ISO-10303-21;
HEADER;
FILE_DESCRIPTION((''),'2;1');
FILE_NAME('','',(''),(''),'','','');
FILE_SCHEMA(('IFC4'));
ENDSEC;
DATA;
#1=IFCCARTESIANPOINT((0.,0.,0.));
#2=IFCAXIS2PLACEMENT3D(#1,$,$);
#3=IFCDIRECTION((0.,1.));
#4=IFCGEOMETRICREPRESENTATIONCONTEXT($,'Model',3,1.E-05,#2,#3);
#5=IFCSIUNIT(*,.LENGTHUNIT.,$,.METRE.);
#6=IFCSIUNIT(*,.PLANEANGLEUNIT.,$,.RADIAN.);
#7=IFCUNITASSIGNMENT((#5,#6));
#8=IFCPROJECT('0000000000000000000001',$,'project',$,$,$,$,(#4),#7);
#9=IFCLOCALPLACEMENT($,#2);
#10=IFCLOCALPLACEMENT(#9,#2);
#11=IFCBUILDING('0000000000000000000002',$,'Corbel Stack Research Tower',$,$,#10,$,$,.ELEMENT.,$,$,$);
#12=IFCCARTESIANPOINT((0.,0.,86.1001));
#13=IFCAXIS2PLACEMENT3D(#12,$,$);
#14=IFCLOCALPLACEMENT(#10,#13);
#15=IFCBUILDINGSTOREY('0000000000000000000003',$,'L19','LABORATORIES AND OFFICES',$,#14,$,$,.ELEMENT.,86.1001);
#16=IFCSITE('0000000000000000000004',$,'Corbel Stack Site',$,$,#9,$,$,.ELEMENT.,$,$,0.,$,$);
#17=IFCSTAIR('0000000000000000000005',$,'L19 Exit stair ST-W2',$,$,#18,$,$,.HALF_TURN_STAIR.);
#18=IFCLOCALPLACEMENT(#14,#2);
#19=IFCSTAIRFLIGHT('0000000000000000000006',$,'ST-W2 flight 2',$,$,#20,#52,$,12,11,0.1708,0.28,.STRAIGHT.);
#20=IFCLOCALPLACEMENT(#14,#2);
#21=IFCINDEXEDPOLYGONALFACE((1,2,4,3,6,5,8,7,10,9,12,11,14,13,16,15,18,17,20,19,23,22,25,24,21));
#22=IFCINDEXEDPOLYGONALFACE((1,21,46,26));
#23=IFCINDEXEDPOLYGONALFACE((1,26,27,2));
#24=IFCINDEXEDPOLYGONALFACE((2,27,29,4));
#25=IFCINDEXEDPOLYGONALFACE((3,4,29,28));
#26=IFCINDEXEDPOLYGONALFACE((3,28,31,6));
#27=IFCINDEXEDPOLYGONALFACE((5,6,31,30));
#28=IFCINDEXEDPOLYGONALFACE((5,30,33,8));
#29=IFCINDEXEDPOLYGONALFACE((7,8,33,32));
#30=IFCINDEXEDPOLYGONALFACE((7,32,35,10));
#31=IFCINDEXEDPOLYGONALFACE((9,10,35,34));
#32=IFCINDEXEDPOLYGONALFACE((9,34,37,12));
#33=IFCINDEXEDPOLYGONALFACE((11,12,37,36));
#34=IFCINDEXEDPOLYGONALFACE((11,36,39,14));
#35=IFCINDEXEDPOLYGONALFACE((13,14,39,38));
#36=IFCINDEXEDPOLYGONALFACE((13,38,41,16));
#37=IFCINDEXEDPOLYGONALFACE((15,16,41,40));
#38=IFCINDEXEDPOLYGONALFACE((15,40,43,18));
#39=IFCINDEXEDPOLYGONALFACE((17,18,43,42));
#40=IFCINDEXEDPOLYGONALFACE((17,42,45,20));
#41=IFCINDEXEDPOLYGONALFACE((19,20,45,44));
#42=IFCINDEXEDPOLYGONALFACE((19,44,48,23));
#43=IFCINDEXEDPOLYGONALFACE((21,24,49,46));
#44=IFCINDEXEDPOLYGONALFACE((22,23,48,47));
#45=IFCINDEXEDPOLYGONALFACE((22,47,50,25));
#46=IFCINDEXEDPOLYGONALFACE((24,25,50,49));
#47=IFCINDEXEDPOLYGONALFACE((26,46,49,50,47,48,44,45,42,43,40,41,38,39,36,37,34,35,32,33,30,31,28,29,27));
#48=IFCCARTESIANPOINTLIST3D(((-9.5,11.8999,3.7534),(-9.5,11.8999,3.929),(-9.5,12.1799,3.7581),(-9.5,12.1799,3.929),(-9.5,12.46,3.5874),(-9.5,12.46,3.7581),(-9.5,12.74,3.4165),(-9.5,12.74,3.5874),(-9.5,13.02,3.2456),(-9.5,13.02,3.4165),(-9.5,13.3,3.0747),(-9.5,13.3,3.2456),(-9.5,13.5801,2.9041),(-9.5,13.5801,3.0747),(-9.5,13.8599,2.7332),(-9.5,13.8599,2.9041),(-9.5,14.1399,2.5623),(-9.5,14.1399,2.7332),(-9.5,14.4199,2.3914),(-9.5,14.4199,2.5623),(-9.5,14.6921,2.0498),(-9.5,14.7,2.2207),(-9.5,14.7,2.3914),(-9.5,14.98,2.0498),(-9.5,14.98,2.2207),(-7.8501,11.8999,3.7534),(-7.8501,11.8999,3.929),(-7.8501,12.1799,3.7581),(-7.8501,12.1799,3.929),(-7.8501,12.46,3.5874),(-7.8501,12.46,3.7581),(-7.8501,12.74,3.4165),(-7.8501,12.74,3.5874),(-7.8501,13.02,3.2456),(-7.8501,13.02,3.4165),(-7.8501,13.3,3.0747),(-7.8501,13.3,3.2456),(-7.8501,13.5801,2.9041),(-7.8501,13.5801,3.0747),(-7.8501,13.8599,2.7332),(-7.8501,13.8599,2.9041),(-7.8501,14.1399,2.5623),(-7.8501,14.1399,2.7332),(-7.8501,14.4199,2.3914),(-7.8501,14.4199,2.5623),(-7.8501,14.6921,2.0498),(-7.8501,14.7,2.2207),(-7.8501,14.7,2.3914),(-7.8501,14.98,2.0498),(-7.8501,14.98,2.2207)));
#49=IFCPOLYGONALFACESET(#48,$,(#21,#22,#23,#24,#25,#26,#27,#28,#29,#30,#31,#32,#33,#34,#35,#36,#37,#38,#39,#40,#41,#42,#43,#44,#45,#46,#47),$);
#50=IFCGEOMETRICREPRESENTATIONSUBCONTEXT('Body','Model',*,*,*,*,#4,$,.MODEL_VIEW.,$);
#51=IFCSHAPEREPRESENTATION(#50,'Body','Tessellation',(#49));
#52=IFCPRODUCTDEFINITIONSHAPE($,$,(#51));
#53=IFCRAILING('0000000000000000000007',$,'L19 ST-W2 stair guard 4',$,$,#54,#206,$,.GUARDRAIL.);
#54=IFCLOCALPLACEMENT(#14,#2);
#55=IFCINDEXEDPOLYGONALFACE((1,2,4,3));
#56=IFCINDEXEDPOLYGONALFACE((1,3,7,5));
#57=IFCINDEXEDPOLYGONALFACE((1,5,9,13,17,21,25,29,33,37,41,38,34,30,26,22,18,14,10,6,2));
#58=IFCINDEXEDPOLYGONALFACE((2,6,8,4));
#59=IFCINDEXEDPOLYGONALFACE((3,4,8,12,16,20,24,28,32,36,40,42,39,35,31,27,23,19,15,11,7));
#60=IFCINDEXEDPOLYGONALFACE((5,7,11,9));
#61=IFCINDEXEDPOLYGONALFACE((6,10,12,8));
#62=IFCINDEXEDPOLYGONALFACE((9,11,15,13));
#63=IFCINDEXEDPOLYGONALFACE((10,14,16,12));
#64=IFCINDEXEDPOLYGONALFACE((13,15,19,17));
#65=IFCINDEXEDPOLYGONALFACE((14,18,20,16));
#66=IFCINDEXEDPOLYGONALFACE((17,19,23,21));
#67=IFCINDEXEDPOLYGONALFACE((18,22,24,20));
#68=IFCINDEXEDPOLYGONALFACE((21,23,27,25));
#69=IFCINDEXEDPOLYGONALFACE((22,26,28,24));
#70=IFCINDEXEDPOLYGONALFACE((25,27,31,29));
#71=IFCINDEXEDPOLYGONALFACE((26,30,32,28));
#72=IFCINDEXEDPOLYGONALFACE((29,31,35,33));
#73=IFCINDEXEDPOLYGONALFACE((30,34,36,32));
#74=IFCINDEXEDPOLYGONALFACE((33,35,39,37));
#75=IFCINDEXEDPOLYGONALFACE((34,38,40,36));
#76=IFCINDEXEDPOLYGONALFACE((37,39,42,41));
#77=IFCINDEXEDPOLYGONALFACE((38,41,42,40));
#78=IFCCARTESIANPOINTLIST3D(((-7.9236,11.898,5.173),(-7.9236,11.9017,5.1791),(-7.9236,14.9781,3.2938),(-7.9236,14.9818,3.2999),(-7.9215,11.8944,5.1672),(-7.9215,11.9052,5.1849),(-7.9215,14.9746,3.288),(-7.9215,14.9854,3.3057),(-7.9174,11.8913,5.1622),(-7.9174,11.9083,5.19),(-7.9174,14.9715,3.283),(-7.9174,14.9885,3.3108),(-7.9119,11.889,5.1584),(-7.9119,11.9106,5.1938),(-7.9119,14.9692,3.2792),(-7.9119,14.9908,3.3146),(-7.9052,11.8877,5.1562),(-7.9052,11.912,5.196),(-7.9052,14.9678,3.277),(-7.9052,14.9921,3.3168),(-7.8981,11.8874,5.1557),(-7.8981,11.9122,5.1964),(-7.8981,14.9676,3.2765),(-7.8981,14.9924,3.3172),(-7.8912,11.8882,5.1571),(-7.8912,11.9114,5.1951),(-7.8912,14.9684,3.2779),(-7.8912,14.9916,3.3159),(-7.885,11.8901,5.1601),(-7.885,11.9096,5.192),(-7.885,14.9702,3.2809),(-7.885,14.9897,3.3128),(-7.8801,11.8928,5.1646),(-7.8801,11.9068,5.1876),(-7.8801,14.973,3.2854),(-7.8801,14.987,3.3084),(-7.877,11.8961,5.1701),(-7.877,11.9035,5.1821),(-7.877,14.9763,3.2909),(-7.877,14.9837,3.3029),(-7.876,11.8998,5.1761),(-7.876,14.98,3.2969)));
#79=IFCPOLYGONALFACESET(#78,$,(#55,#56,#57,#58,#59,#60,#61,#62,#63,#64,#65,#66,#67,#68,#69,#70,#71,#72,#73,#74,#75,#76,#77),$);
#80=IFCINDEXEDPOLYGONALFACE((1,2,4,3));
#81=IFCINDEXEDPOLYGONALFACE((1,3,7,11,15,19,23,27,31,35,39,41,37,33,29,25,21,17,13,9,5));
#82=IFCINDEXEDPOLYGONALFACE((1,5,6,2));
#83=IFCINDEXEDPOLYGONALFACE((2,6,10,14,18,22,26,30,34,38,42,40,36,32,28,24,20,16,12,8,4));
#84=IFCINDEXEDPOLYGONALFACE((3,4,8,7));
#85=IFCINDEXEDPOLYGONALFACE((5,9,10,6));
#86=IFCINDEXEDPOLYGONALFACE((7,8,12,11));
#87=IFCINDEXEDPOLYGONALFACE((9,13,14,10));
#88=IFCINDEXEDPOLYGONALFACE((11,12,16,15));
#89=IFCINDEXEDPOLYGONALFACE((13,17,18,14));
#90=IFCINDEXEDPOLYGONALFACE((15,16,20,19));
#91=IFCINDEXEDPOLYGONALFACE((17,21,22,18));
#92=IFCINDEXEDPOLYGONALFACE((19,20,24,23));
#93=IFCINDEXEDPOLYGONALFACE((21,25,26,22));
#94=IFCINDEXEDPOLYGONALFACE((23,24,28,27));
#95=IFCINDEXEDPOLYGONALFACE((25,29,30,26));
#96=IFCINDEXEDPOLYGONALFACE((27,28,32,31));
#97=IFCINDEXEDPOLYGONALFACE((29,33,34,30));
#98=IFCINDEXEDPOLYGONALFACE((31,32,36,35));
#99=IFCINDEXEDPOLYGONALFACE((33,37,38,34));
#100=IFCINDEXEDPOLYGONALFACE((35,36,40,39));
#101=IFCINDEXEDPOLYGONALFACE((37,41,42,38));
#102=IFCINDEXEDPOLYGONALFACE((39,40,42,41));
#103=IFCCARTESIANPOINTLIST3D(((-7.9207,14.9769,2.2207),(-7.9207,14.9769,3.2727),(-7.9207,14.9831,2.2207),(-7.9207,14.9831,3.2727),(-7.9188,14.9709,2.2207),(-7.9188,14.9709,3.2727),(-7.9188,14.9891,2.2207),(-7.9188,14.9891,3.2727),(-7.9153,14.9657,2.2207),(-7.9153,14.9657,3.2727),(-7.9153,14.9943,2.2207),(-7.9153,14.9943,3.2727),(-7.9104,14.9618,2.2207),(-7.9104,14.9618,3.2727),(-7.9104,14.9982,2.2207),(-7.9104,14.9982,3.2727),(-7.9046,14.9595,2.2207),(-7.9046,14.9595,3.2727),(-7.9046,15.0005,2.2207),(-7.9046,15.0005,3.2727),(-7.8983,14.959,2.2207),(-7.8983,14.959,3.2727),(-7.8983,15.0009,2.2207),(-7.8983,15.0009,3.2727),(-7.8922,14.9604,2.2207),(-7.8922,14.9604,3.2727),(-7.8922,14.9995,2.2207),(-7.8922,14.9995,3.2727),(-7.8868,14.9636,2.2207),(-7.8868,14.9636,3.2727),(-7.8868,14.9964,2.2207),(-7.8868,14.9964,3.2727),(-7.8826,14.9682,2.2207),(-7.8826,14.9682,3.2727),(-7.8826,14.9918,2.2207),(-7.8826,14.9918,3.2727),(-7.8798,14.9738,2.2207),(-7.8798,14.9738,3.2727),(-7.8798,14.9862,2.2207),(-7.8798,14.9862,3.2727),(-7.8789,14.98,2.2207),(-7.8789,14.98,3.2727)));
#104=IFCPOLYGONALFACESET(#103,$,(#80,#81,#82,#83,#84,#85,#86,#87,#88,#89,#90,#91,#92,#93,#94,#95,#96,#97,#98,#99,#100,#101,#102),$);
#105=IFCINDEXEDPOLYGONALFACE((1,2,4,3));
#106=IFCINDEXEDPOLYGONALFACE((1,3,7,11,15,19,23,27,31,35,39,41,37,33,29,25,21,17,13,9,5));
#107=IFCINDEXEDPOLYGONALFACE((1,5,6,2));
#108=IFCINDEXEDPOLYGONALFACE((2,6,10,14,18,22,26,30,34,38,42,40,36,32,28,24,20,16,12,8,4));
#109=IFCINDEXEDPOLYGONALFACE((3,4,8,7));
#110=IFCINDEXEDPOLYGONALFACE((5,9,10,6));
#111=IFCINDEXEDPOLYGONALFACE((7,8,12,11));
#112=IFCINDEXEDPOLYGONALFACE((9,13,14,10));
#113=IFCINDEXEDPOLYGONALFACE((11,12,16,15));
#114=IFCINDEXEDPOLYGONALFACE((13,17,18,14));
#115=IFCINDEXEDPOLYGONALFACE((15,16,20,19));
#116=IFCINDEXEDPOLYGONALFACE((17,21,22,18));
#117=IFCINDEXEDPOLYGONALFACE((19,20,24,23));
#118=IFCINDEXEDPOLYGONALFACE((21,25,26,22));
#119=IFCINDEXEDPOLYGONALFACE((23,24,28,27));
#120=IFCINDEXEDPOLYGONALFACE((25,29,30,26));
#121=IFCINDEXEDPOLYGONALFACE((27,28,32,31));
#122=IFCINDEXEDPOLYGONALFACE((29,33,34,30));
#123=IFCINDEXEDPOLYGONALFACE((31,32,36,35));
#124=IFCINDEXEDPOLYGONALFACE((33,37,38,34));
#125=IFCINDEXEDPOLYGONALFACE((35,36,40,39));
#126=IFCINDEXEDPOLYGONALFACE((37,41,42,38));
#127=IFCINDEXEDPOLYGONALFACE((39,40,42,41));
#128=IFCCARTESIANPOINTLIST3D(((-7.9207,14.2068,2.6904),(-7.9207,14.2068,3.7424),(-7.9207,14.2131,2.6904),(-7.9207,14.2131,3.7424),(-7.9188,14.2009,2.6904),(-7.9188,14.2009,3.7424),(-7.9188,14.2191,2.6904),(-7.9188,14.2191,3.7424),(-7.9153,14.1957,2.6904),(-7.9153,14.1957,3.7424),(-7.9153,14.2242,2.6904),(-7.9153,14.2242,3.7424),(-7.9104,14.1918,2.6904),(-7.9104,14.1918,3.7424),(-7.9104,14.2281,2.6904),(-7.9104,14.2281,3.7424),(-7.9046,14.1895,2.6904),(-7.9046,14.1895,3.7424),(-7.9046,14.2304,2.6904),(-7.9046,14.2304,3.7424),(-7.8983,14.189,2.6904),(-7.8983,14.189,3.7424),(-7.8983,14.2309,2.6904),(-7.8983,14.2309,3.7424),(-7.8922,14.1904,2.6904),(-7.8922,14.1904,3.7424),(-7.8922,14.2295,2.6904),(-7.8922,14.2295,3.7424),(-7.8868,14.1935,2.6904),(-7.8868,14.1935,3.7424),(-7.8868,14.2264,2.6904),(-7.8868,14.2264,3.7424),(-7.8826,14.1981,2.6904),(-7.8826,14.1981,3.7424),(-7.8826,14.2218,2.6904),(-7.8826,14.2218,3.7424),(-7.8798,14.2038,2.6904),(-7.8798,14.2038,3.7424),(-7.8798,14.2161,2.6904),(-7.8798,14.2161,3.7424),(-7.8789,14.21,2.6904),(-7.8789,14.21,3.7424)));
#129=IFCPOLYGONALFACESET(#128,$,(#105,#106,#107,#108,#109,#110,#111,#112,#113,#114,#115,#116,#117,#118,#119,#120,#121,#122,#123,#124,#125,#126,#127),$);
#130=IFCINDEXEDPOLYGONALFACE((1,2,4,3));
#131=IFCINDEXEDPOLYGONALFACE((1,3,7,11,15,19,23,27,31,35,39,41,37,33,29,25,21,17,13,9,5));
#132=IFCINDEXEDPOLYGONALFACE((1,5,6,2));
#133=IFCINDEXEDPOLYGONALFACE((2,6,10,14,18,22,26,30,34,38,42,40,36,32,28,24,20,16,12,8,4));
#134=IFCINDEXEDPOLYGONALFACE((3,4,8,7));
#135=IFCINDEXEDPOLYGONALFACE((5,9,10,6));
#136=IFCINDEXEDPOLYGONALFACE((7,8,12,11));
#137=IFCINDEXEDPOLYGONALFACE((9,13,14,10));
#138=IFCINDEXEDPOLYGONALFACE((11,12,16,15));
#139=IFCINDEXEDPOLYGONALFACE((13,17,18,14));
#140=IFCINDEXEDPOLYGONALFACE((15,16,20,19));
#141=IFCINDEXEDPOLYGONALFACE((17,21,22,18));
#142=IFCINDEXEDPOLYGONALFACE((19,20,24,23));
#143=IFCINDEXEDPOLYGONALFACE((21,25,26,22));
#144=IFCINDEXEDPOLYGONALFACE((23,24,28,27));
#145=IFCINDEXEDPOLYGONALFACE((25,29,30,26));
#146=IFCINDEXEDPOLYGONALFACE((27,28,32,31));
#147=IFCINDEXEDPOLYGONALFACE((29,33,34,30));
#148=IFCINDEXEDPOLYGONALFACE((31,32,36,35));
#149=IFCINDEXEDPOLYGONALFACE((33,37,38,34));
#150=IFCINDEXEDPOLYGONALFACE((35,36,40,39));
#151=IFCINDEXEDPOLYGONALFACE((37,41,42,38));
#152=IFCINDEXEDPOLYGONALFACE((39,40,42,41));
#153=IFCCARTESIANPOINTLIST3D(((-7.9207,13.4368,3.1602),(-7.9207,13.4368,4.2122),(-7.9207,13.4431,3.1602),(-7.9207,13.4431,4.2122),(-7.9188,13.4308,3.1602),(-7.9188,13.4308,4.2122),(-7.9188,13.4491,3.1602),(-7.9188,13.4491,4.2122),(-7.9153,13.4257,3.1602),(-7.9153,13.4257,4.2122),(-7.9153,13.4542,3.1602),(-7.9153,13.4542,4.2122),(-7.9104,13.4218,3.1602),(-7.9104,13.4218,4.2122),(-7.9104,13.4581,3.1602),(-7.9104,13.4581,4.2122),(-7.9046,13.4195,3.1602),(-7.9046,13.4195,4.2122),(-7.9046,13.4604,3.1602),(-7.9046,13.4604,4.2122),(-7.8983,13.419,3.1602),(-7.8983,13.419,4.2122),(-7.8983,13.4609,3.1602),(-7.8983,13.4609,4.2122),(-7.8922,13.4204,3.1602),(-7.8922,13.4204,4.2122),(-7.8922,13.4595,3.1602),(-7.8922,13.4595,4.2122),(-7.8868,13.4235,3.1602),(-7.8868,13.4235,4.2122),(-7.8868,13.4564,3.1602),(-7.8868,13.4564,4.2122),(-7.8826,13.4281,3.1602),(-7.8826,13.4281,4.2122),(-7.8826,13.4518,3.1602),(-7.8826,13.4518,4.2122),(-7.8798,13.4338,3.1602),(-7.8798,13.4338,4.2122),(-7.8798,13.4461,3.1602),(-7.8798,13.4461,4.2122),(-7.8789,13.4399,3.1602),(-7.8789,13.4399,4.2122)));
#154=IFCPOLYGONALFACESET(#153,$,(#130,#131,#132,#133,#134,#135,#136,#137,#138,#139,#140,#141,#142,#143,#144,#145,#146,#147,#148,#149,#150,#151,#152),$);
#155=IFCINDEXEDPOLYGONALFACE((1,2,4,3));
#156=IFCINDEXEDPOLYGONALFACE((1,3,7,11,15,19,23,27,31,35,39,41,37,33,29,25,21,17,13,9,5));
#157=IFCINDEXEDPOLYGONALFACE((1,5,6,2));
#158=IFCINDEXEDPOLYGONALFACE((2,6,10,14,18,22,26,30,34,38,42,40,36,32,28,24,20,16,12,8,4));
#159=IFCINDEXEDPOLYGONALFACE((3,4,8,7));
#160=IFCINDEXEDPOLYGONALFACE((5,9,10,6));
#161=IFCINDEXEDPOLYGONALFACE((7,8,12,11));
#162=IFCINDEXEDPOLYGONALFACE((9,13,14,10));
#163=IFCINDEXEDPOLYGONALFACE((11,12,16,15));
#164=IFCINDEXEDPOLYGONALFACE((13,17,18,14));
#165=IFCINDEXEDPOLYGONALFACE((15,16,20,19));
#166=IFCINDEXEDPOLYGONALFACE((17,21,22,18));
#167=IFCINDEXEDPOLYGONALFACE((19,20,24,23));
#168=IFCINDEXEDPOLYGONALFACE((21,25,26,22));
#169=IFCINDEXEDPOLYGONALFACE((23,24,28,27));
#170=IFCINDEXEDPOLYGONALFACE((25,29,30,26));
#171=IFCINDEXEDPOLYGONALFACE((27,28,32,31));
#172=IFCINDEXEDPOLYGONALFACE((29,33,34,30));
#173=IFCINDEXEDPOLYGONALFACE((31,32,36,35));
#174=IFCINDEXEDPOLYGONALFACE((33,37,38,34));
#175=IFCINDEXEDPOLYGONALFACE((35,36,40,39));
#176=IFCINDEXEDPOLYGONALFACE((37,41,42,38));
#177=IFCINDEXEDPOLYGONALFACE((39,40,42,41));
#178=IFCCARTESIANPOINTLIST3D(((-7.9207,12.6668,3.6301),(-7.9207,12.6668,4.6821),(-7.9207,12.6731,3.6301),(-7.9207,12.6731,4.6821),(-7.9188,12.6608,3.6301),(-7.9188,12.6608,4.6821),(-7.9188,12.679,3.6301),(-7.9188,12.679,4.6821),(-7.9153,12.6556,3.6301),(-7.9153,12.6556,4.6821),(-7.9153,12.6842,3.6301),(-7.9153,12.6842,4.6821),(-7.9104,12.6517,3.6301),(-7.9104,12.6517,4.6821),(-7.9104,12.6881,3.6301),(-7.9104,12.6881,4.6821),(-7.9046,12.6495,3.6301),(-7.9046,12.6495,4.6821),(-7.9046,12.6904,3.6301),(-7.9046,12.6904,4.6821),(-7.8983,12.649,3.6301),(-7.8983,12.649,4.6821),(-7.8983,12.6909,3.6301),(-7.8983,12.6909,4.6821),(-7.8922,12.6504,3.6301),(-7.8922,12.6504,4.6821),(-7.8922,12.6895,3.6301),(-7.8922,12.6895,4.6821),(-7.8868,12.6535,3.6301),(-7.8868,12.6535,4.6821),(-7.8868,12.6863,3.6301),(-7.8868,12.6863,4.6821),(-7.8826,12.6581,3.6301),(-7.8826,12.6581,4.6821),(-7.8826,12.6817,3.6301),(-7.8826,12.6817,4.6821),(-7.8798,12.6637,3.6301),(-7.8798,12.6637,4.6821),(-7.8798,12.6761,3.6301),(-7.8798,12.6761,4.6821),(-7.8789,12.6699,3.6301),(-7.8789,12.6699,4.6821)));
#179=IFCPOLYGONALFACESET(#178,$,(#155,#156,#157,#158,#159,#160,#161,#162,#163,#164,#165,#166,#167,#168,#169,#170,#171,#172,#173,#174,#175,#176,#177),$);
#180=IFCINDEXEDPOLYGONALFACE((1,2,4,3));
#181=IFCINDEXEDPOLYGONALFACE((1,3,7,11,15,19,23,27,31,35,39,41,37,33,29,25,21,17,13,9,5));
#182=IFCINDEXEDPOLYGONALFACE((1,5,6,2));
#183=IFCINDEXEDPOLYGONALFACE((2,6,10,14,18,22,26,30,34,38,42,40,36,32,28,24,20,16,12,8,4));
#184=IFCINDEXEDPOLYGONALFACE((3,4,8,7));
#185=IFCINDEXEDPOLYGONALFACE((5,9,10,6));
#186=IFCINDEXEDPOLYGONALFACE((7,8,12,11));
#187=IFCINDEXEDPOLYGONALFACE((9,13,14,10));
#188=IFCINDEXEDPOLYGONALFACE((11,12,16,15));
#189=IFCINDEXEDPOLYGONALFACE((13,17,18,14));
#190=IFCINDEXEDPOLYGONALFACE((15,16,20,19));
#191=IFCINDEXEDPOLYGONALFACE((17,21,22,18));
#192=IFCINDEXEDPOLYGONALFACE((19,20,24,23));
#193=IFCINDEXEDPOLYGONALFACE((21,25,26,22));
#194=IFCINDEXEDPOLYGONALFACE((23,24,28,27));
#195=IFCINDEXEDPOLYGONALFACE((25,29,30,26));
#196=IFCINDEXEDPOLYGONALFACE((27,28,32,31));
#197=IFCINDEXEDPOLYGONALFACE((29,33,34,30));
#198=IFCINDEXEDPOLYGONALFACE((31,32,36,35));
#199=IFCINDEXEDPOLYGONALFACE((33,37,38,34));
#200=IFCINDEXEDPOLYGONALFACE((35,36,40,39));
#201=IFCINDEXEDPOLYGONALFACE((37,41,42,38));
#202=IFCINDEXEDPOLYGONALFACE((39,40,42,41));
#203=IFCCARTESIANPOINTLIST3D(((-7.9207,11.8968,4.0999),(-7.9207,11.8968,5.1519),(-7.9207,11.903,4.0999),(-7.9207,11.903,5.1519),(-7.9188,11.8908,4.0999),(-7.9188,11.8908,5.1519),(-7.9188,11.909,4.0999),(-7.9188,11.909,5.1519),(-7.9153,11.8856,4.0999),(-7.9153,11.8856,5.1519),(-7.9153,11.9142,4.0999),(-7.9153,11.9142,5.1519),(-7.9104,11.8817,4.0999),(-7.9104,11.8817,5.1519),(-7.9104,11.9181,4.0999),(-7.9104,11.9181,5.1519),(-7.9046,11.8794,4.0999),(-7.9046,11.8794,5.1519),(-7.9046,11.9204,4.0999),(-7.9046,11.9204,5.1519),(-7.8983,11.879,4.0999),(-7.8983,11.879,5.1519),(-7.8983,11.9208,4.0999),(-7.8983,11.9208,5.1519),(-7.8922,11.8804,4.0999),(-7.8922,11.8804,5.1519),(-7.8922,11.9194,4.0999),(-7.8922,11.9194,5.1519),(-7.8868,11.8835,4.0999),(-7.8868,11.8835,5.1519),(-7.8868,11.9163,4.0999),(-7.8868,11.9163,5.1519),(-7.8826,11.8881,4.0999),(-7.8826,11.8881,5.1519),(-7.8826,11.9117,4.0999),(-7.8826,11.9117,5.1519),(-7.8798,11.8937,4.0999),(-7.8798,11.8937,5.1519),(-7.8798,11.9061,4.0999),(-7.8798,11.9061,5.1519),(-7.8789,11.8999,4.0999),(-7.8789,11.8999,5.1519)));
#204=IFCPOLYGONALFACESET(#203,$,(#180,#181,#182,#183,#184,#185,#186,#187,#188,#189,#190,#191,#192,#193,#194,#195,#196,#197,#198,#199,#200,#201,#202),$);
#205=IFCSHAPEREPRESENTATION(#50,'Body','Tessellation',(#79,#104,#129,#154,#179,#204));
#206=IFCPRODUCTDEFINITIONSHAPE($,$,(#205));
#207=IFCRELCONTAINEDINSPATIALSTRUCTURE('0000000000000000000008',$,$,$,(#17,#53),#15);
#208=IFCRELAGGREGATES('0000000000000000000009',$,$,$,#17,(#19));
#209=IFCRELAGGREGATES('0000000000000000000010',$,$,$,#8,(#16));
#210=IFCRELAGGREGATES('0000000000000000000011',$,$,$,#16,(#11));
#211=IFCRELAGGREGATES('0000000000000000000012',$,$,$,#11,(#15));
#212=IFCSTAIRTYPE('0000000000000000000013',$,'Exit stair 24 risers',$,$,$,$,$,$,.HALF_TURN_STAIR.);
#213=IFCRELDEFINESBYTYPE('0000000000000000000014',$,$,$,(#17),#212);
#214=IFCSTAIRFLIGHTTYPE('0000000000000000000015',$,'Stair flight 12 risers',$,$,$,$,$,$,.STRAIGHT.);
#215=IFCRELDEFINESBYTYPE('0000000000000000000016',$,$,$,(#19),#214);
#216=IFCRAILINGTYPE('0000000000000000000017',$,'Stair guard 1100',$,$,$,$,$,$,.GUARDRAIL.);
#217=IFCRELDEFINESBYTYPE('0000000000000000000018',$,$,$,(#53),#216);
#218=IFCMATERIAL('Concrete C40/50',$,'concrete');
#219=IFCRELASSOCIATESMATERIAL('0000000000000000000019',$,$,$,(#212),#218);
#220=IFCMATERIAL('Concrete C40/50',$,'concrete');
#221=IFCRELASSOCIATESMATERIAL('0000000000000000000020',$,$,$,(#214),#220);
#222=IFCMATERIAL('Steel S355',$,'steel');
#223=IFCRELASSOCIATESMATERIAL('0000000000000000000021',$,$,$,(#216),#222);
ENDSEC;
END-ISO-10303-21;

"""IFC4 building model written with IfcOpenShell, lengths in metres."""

from ifc_helpers import new_model, si_unit, direction, frame, origin, origin_2d, place, context, subcontext, project, spatial, polyline, circle, outline, extrude, material, type_object, element, aggregate, save


model = new_model("IFC4")

# Units and contexts
model_context = context("Model", 3, precision=1e-05, world=origin(), true_north=direction((0.0, 1.0)))
body_context = subcontext(model_context, "Body", "Model", "MODEL_VIEW")
ifc_project = project(units=[si_unit("LENGTHUNIT", "METRE"), si_unit("PLANEANGLEUNIT", "RADIAN")], contexts=[model_context])

# Site, building, storey
site_placement = place(None, origin())
site = spatial("IfcSite", under=ifc_project, at=site_placement, Name="Corbel Stack Site", CompositionType="ELEMENT", RefElevation=0.0)
building_placement = place(site_placement, origin())
building = spatial("IfcBuilding", under=site, at=building_placement, Name="Corbel Stack Research Tower", CompositionType="ELEMENT")
storey_placement = place(building_placement, frame((0.0, 0.0, 86.1001)))
storey = spatial("IfcBuildingStorey", under=building, at=storey_placement, Name="L19", Description="LABORATORIES AND OFFICES", CompositionType="ELEMENT", Elevation=86.1001)

# Stair, stair flight
ifc_material_1 = material(Name="Concrete C40/50", Category="concrete")
stair_type = type_object("IfcStairType", Name="Exit stair 24 risers", PredefinedType="HALF_TURN_STAIR", material=ifc_material_1)
stair_placement = place(storey_placement, origin())
stair = element("IfcStair", 1, at=stair_placement, inside=storey, type_object=stair_type, Name="L19 Exit stair ST-W2", PredefinedType="HALF_TURN_STAIR")
ifc_material_2 = material(Name="Concrete C40/50", Category="concrete")
stair_flight_type = type_object("IfcStairFlightType", Name="Stair flight 12 risers", PredefinedType="STRAIGHT", material=ifc_material_2)
stair_flight_placement = place(storey_placement, frame((-8.675, 14.98, 2.0498), z_axis=(0.0, 0.0, 1.0), x_axis=(0.0, -1.0, 0.0)))
stair_flight = element("IfcStairFlight", 2, at=stair_flight_placement, type_object=stair_flight_type, Name="ST-W2 flight 2", NumberOfRisers=12, NumberOfTreads=11, PredefinedType="STRAIGHT", RiserHeight=0.1708, TreadLength=0.28, context=body_context, shape_type="SweptSolid", body=[
    extrude(outline(polyline([(0.0, 0.0), (0.0, 0.1709), (0.28, 0.1709), (0.28, 0.3416), (0.5601, 0.3416), (0.5601, 0.5125), (0.8401, 0.5125), (0.8401, 0.6833), (1.1201, 0.6833), (1.1201, 0.8542), (1.3999, 0.8542), (1.3999, 1.0249), (1.6799, 1.0249), (1.6799, 1.1958), (1.96, 1.1958), (1.96, 1.3667), (2.24, 1.3667), (2.24, 1.5376), (2.52, 1.5376), (2.52, 1.7083), (2.8, 1.7083), (2.8, 1.8792), (3.0801, 1.8792), (3.0801, 2.05), (3.0801, 1.7036), (0.2878, 0.0), (0.0, 0.0)])), frame((0.0, 0.825, 0.0), z_axis=(0.0, -1.0, 0.0), x_axis=(1.0, 0.0, 0.0)), (0.0, 0.0, 1.0), 1.6499),
])
aggregate(stair, [stair_flight])

# Railing
ifc_material_3 = material(Name="Steel S355", Category="steel")
railing_type_1 = type_object("IfcRailingType", Name="Stair guard 1100", PredefinedType="GUARDRAIL", material=ifc_material_3)
railing_1_placement = place(storey_placement, frame((-7.8999, 14.98, 2.2207)))
element("IfcRailing", 3, at=railing_1_placement, inside=storey, type_object=railing_type_1, Name="L19 ST-W2 stair guard 4", PredefinedType="GUARDRAIL", context=body_context, shape_type="SweptSolid", body=[
    extrude(circle(Radius=0.0239, at=origin_2d()), frame((0.0, 0.0, 1.0762), z_axis=(0.0, -0.853666, 0.52082), x_axis=(1.0, 0.0, 0.0)), (0.0, 0.0, 1.0), 3.6082),
    extrude(circle(Radius=0.021, at=origin_2d()), origin(), (0.0, 0.0, 1.0), 1.052),
    extrude(circle(Radius=0.021, at=origin_2d()), frame((0.0, -0.77, 0.4697)), (0.0, 0.0, 1.0), 1.052),
    extrude(circle(Radius=0.021, at=origin_2d()), frame((0.0, -1.54, 0.9395)), (0.0, 0.0, 1.0), 1.052),
    extrude(circle(Radius=0.021, at=origin_2d()), frame((0.0, -2.3101, 1.4094)), (0.0, 0.0, 1.0), 1.052),
    extrude(circle(Radius=0.021, at=origin_2d()), frame((0.0, -3.0801, 1.8792)), (0.0, 0.0, 1.0), 1.052),
])

save(model, "model.ifc")
